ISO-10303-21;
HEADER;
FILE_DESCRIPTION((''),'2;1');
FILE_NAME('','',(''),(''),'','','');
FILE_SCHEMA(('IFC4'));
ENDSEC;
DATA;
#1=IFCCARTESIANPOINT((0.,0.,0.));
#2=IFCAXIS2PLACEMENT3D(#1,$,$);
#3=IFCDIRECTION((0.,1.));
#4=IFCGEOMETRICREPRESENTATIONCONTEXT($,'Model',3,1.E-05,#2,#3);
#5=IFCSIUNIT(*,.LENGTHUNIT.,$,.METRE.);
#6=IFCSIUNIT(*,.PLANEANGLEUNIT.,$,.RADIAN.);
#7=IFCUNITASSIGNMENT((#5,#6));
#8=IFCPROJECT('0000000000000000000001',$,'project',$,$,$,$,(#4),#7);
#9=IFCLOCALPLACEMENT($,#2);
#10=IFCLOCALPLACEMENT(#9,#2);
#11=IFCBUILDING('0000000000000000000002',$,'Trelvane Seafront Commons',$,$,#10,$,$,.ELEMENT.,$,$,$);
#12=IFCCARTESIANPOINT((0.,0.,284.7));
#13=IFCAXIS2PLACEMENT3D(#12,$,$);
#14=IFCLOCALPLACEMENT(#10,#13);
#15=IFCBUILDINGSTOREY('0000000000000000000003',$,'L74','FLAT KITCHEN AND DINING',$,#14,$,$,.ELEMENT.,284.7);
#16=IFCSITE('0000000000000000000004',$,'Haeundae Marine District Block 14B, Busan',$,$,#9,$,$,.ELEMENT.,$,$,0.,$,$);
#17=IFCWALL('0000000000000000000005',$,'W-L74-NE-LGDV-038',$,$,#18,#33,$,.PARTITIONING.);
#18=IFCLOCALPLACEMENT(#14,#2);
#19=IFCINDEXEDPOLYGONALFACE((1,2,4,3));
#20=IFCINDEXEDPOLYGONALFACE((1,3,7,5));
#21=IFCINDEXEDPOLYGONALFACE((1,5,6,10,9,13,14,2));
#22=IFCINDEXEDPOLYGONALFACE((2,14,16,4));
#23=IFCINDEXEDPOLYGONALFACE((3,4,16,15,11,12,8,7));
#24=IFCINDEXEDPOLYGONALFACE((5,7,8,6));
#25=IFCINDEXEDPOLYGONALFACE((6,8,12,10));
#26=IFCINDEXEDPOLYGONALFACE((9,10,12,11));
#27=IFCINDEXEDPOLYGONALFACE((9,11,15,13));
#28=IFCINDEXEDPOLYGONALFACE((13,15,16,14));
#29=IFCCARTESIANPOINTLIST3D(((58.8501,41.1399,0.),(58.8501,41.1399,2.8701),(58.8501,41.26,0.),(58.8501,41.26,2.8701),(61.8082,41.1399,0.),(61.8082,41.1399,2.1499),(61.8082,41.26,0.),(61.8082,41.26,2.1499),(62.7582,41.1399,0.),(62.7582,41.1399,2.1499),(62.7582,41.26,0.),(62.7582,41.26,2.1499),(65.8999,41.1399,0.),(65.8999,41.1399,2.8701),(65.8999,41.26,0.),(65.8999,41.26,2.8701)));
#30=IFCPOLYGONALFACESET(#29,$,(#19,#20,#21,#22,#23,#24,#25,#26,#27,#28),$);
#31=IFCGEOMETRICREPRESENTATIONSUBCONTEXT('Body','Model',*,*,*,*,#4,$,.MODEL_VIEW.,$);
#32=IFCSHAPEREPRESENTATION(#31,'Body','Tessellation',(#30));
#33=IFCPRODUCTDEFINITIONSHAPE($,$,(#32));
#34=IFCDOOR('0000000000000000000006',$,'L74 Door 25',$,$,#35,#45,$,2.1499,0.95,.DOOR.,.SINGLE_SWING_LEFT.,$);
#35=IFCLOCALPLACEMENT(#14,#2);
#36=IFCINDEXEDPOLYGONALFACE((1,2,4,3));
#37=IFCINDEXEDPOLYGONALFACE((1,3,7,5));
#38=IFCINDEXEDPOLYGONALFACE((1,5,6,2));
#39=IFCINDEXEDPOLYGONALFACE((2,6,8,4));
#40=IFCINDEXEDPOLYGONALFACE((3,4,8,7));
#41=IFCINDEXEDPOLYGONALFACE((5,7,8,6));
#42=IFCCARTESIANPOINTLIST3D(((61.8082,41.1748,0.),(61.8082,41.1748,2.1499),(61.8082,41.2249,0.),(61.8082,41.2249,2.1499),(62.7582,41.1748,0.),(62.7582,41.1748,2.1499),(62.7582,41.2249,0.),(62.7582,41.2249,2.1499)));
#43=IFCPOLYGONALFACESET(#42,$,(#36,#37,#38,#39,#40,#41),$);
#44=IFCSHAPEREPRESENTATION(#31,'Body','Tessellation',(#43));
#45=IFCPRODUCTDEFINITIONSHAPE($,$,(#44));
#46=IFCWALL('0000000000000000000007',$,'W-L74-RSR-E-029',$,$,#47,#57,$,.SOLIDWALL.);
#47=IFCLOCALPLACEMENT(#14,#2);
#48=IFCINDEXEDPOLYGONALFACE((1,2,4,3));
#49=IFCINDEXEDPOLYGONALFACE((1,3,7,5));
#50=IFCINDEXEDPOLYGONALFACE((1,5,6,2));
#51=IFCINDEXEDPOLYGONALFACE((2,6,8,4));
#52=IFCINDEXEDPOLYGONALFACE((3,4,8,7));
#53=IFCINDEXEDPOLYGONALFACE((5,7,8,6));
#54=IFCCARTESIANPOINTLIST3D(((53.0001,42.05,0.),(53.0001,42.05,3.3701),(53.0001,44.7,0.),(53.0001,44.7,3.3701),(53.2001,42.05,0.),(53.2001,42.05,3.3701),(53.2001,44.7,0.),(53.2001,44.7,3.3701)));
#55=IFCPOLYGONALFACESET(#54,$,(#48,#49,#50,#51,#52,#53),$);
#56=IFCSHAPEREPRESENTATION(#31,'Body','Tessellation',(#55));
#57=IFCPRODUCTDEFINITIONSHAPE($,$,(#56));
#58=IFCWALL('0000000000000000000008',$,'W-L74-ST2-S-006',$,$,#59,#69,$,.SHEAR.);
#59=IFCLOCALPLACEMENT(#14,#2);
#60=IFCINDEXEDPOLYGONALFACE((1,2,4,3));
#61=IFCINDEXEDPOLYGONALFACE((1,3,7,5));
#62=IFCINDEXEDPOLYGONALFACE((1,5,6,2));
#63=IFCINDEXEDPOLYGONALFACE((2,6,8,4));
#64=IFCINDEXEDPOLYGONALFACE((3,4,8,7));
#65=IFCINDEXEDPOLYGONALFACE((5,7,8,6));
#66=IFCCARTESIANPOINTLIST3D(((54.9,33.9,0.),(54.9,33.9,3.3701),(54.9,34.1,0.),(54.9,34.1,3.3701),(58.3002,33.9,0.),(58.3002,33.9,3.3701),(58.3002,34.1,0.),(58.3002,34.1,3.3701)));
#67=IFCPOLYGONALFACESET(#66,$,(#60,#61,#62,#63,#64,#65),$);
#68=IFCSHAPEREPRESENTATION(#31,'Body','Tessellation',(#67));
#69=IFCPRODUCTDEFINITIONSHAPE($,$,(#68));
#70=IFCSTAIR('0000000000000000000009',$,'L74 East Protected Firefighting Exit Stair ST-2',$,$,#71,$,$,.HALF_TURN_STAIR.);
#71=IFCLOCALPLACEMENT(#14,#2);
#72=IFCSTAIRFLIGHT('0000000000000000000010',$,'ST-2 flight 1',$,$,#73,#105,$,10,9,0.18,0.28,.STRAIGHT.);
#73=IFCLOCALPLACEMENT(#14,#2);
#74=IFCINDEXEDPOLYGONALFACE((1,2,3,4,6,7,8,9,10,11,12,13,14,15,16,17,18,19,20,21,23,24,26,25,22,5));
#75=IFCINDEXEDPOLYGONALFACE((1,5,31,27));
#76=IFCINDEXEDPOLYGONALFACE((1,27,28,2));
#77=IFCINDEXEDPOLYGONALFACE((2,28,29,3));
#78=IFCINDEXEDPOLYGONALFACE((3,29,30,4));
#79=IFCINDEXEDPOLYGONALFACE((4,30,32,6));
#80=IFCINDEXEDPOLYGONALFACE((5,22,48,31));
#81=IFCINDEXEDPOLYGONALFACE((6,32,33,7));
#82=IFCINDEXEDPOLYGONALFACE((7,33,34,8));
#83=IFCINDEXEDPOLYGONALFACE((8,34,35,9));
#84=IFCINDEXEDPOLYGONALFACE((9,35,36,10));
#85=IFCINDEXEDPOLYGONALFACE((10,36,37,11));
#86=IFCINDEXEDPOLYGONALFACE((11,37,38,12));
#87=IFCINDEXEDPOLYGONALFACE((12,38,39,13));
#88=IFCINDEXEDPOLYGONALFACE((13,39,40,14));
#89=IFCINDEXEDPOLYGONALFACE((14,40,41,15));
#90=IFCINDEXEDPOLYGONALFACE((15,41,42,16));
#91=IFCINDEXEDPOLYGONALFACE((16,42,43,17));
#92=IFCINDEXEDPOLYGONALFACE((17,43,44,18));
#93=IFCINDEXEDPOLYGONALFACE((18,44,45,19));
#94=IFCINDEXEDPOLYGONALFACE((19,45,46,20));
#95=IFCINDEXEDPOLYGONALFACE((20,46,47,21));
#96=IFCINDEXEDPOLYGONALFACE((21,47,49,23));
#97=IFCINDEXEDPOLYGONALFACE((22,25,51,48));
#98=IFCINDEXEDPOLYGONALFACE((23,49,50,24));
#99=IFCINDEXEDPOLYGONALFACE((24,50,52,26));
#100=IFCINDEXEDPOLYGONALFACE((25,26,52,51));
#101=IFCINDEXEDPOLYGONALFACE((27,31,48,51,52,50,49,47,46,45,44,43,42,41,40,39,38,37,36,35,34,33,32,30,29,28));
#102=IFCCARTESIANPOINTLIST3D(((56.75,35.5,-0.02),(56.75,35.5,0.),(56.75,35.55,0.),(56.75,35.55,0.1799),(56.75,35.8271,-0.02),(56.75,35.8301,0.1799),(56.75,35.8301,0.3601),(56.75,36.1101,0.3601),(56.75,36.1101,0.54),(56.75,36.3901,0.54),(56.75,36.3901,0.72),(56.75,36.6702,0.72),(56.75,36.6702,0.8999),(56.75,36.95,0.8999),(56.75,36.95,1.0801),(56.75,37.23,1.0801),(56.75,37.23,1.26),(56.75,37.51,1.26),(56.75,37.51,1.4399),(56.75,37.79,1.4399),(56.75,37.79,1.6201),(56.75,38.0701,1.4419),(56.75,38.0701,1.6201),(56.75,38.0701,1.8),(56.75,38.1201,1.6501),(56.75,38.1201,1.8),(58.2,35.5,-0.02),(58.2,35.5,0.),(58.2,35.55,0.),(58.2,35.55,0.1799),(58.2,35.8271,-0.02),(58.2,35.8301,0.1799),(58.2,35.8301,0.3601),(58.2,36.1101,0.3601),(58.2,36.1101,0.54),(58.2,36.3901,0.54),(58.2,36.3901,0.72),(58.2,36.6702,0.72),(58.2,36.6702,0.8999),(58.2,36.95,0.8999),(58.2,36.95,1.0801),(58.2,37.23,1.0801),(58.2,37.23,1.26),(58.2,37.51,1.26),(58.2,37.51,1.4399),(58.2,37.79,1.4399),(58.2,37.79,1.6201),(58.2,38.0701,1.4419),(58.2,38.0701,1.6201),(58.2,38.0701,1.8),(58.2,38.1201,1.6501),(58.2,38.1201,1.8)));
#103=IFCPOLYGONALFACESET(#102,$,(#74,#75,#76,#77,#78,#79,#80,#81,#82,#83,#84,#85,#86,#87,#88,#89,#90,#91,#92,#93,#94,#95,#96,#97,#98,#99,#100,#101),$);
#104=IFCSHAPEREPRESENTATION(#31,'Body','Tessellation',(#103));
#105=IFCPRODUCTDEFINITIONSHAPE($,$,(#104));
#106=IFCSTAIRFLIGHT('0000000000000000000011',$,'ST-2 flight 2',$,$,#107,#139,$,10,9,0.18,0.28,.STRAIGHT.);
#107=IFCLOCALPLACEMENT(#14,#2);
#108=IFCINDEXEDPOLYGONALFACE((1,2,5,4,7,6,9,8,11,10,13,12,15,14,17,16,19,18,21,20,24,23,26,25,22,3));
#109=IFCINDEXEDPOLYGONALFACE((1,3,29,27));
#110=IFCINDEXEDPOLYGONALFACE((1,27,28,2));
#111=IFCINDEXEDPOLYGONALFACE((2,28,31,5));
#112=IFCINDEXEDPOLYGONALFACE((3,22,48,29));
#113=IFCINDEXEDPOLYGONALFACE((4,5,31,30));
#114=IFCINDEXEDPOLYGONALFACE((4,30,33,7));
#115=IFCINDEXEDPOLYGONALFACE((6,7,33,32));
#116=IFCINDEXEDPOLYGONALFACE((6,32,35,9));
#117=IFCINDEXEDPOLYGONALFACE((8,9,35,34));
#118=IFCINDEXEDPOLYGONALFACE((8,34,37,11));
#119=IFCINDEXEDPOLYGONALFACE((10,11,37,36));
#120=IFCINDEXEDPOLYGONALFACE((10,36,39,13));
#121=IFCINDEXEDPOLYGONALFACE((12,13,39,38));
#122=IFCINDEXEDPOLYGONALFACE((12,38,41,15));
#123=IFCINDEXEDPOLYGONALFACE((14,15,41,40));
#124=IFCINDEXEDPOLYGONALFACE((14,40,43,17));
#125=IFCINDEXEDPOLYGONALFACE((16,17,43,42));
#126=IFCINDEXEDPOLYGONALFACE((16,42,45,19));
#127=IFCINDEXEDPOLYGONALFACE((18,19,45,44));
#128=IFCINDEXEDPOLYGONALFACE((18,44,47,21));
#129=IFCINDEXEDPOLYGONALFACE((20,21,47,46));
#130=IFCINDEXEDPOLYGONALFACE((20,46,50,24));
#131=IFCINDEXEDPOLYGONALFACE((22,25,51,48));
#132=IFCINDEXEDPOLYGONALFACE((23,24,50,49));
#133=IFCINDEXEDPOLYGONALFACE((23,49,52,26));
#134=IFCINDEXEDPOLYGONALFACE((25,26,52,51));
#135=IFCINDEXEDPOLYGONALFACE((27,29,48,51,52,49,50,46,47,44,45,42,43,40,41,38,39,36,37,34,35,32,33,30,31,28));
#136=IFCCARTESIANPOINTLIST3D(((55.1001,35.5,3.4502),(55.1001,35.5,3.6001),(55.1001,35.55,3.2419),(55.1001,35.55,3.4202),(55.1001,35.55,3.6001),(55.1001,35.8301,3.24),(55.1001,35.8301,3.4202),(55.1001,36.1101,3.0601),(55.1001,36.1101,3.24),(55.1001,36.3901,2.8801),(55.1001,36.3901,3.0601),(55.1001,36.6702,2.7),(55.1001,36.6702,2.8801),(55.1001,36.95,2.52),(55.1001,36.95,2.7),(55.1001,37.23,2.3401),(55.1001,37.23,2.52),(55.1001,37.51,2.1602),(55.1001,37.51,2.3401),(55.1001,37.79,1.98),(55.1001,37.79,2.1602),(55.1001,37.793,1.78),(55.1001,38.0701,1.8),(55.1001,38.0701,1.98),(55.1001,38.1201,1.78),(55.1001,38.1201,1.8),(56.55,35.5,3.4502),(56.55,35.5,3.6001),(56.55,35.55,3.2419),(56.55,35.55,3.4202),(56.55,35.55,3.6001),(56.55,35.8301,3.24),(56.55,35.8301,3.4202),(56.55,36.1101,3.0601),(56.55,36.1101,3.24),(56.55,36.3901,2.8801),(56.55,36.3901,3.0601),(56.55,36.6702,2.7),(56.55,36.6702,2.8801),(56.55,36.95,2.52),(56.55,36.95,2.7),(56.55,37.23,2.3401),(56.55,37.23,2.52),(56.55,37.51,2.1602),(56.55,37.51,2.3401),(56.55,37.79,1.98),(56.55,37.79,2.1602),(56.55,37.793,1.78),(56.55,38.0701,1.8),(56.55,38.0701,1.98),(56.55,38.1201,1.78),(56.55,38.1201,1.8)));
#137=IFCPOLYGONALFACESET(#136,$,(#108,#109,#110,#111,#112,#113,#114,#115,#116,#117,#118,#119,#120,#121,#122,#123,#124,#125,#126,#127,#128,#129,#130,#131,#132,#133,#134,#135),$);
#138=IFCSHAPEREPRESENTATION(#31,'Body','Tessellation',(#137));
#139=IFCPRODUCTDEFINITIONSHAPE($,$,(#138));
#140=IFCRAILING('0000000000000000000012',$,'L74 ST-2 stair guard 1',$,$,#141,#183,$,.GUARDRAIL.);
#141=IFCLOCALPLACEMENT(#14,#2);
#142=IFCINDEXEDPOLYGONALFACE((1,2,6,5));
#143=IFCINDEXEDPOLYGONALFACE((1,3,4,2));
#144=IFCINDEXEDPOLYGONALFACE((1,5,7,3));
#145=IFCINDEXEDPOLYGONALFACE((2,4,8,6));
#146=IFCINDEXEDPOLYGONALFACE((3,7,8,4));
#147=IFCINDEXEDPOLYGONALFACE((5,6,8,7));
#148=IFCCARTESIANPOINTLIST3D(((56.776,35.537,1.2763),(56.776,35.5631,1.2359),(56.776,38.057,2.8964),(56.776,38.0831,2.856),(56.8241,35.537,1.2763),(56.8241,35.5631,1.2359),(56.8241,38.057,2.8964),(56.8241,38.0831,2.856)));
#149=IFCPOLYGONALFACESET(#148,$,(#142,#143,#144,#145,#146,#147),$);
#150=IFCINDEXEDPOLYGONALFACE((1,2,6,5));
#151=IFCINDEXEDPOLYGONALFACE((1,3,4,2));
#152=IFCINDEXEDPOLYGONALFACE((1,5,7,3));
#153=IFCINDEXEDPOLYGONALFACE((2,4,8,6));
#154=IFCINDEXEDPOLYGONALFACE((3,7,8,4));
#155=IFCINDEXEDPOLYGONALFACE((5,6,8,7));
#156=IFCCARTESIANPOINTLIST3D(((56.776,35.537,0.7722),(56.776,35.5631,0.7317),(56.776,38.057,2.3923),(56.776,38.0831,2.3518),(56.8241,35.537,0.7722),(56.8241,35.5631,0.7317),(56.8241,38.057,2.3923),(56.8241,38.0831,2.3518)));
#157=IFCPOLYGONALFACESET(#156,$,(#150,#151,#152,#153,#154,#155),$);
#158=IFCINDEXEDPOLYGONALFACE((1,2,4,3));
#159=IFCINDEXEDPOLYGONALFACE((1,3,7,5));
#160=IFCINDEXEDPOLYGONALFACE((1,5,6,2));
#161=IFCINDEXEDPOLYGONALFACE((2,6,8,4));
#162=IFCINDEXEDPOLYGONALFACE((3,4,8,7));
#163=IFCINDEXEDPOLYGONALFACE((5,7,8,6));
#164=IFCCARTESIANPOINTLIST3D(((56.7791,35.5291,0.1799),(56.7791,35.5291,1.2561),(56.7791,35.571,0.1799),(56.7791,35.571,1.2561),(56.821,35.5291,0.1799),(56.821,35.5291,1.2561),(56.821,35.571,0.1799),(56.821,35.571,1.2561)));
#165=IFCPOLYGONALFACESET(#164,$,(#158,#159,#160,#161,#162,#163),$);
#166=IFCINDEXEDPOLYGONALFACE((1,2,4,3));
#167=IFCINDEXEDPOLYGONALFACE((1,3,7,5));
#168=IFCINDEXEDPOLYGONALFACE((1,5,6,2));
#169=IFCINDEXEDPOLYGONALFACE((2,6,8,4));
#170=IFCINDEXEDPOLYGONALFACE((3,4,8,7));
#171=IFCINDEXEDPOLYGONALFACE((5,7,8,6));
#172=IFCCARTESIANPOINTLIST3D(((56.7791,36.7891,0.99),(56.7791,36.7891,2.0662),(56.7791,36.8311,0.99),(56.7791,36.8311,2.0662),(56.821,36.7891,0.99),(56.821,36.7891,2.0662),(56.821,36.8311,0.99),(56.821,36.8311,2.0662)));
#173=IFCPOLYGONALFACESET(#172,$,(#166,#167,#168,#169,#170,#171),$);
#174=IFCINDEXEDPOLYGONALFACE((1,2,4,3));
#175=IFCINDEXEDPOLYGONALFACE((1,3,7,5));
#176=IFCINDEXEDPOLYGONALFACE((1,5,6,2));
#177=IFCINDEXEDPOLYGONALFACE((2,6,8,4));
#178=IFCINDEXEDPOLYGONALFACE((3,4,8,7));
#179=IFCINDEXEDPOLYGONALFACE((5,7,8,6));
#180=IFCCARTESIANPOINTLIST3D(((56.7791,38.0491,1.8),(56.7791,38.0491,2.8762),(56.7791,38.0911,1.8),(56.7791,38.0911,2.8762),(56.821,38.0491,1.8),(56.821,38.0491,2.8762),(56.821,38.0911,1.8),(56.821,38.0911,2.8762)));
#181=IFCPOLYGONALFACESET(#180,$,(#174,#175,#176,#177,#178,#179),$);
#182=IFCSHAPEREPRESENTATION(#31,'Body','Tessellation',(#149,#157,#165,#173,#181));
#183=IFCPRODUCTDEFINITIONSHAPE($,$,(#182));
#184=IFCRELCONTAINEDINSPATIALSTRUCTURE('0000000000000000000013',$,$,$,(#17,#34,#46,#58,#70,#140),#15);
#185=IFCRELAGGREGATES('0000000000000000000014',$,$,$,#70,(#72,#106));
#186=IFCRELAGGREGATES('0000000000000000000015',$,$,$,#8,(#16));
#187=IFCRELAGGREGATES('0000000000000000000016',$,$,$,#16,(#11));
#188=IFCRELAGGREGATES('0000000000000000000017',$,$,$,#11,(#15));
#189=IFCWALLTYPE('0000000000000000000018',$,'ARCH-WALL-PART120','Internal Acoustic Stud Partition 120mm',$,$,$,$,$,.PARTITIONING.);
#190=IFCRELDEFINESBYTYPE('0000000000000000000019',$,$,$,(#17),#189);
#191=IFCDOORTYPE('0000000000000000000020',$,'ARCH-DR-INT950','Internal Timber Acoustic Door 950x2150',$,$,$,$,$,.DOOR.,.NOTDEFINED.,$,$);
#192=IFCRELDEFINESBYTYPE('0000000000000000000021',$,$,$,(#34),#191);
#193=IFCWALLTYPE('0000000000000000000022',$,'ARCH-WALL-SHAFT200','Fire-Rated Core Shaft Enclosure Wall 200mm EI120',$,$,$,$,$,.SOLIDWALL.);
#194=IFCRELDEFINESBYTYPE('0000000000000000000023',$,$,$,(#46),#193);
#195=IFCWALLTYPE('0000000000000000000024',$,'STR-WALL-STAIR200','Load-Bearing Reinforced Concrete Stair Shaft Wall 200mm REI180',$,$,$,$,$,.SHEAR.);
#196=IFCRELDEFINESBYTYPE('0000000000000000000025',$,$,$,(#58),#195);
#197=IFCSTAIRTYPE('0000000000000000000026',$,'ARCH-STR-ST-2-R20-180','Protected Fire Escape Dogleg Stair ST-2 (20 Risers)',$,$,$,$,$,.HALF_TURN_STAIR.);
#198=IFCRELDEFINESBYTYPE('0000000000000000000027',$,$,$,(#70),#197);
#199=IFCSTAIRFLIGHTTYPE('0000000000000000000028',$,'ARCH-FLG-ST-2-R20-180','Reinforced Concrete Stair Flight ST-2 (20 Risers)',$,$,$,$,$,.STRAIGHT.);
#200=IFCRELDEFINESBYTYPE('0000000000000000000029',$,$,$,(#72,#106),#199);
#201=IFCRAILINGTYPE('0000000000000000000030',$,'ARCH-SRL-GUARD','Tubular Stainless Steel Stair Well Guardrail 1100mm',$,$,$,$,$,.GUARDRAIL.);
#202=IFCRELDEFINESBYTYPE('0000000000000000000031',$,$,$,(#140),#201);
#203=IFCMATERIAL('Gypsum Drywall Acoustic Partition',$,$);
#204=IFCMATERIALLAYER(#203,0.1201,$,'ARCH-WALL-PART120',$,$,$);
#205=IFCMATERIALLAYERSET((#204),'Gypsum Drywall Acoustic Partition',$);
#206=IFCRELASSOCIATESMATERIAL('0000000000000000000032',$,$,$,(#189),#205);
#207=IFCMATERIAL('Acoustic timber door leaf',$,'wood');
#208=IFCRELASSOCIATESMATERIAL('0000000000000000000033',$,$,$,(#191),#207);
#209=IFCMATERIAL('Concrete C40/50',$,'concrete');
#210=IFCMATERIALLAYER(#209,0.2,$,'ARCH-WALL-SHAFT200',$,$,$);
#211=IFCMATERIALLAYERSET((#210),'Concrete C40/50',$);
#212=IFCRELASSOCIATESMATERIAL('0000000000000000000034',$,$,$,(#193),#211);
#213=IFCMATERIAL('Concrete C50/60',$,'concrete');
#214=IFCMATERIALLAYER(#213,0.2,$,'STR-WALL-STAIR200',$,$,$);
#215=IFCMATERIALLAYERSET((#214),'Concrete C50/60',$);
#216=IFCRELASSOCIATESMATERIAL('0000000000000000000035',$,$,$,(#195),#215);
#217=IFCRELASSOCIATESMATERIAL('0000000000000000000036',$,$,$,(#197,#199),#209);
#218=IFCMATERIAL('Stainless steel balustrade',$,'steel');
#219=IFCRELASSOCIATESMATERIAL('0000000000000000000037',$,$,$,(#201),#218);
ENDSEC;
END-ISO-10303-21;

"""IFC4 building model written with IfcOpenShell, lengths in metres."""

from ifc_helpers import new_model, si_unit, direction, frame, frame_2d, origin, origin_2d, place, context, subcontext, project, spatial, polyline, rectangle, outline, extrude, source, transform, mapped, material, layer, layer_set, type_object, element, fill, aggregate, save


model = new_model("IFC4")

# Units and contexts
model_context = context("Model", 3, precision=1e-05, world=origin(), true_north=direction((0.0, 1.0)))
body_context = subcontext(model_context, "Body", "Model", "MODEL_VIEW")
ifc_project = project(units=[si_unit("LENGTHUNIT", "METRE"), si_unit("PLANEANGLEUNIT", "RADIAN")], contexts=[model_context])

# Site, building, storey
site_placement = place(None, origin())
site = spatial("IfcSite", under=ifc_project, at=site_placement, Name="Haeundae Marine District Block 14B, Busan", CompositionType="ELEMENT", RefElevation=0.0)
building_placement = place(site_placement, origin())
building = spatial("IfcBuilding", under=site, at=building_placement, Name="Trelvane Seafront Commons", CompositionType="ELEMENT")
storey_placement = place(building_placement, frame((0.0, 0.0, 284.7)))
storey = spatial("IfcBuildingStorey", under=building, at=storey_placement, Name="L74", Description="FLAT KITCHEN AND DINING", CompositionType="ELEMENT", Elevation=284.7)

# Shared definitions
ifc_material_1 = material(Name="Concrete C50/60", Category="concrete")

# Shared definitions
ifc_material_2 = material(Name="Concrete C40/50", Category="concrete")

# Wall, opening, door
ifc_material_3 = material(Name="Gypsum Drywall Acoustic Partition")
ifc_layer_1 = layer(ifc_material_3, 0.1201, Name="ARCH-WALL-PART120")
ifc_layer_set_1 = layer_set([ifc_layer_1], Name="Gypsum Drywall Acoustic Partition")
wall_type_1 = type_object("IfcWallType", Name="ARCH-WALL-PART120", Description="Internal Acoustic Stud Partition 120mm", PredefinedType="PARTITIONING", material=ifc_layer_set_1)
wall_1_placement = place(storey_placement, frame((58.8501, 41.2, 0.0), z_axis=(0.0, 0.0, 1.0), x_axis=(1.0, 0.0, 0.0)))
wall_1 = element("IfcWall", 1, at=wall_1_placement, inside=storey, type_object=wall_type_1, Name="W-L74-NE-LGDV-038", PredefinedType="PARTITIONING", context=body_context, shape_type="SweptSolid", body=[
    extrude(rectangle(XDim=7.0498, YDim=0.1201, at=frame_2d((3.5249, 0.0))), origin(), (0.0, 0.0, 1.0), 2.8701),
])
opening_1_placement = place(wall_1_placement, frame((2.958, 0.0, 0.0)))
opening_1 = element("IfcOpeningElement", 2, at=opening_1_placement, cuts=wall_1, PredefinedType="OPENING", context=body_context, shape_type="SweptSolid", body=[
    extrude(rectangle(XDim=0.95, YDim=2.1499, at=frame_2d((0.4751, 1.075))), frame((0.0, 0.0701, 0.0), z_axis=(0.0, -1.0, 0.0), x_axis=(1.0, 0.0, 0.0)), (0.0, 0.0, 1.0), 0.1401),
])
ifc_material_4 = material(Name="Acoustic timber door leaf", Category="wood")
door_type_1 = type_object("IfcDoorType", Name="ARCH-DR-INT950", Description="Internal Timber Acoustic Door 950x2150", OperationType="NOTDEFINED", PredefinedType="DOOR", material=ifc_material_4)
shared_shape_1 = source(origin(), body_context, "Body", "SweptSolid", [
    extrude(rectangle(XDim=0.95, YDim=2.1499, at=frame_2d((0.4751, 1.075))), frame((0.0, 0.0249, 0.0), z_axis=(0.0, -1.0, 0.0), x_axis=(1.0, 0.0, 0.0)), (0.0, 0.0, 1.0), 0.05),
])
door_1_placement = place(opening_1_placement, origin())
door_1 = element("IfcDoor", 3, at=door_1_placement, inside=storey, type_object=door_type_1, Name="L74 Door 25", OperationType="SINGLE_SWING_LEFT", OverallHeight=2.1499, OverallWidth=0.95, PredefinedType="DOOR", context=body_context, shape_type="MappedRepresentation", body=[
    mapped(shared_shape_1, transform((0.0, 0.0, 0.0), x_axis=(1.0, 0.0, 0.0), y_axis=(0.0, 1.0, 0.0), z_axis=(0.0, 0.0, 1.0), scale=1.0)),
])
fill(opening_1, door_1)

# Walls
ifc_layer_2 = layer(ifc_material_2, 0.2, Name="ARCH-WALL-SHAFT200")
ifc_layer_set_2 = layer_set([ifc_layer_2], Name="Concrete C40/50")
wall_type_2 = type_object("IfcWallType", Name="ARCH-WALL-SHAFT200", Description="Fire-Rated Core Shaft Enclosure Wall 200mm EI120", PredefinedType="SOLIDWALL", material=ifc_layer_set_2)
wall_2_placement = place(storey_placement, frame((53.1001, 42.05, 0.0), z_axis=(0.0, 0.0, 1.0), x_axis=(0.0, 1.0, 0.0)))
element("IfcWall", 4, at=wall_2_placement, inside=storey, type_object=wall_type_2, Name="W-L74-RSR-E-029", PredefinedType="SOLIDWALL", context=body_context, shape_type="SweptSolid", body=[
    extrude(rectangle(XDim=2.6499, YDim=0.2, at=frame_2d((1.325, 0.0))), origin(), (0.0, 0.0, 1.0), 3.3701),
])
ifc_layer_3 = layer(ifc_material_1, 0.2, Name="STR-WALL-STAIR200")
ifc_layer_set_3 = layer_set([ifc_layer_3], Name="Concrete C50/60")
wall_type_3 = type_object("IfcWallType", Name="STR-WALL-STAIR200", Description="Load-Bearing Reinforced Concrete Stair Shaft Wall 200mm REI180", PredefinedType="SHEAR", material=ifc_layer_set_3)
wall_3_placement = place(storey_placement, frame((54.8999, 34.0, 0.0), z_axis=(0.0, 0.0, 1.0), x_axis=(1.0, 0.0, 0.0)))
element("IfcWall", 5, at=wall_3_placement, inside=storey, type_object=wall_type_3, Name="W-L74-ST2-S-006", PredefinedType="SHEAR", context=body_context, shape_type="SweptSolid", body=[
    extrude(rectangle(XDim=3.4001, YDim=0.2, at=frame_2d((1.7002, 0.0))), origin(), (0.0, 0.0, 1.0), 3.3701),
])

# Stair, stair flights
stair_type = type_object("IfcStairType", Name="ARCH-STR-ST-2-R20-180", Description="Protected Fire Escape Dogleg Stair ST-2 (20 Risers)", PredefinedType="HALF_TURN_STAIR", material=ifc_material_2)
stair_placement = place(storey_placement, origin())
stair = element("IfcStair", 6, at=stair_placement, inside=storey, type_object=stair_type, Name="L74 East Protected Firefighting Exit Stair ST-2", PredefinedType="HALF_TURN_STAIR")
stair_flight_type = type_object("IfcStairFlightType", Name="ARCH-FLG-ST-2-R20-180", Description="Reinforced Concrete Stair Flight ST-2 (20 Risers)", PredefinedType="STRAIGHT", material=ifc_material_2)
shared_shape_2 = source(origin(), body_context, "Body", "SweptSolid", [
    extrude(outline(polyline([(-0.05, -0.02), (-0.05, 0.0), (0.0, 0.0), (0.0, 0.1799), (0.28, 0.1799), (0.28, 0.3601), (0.5601, 0.3601), (0.5601, 0.54), (0.8401, 0.54), (0.8401, 0.72), (1.1201, 0.72), (1.1201, 0.8999), (1.3999, 0.8999), (1.3999, 1.0801), (1.6799, 1.0801), (1.6799, 1.26), (1.96, 1.26), (1.96, 1.4399), (2.24, 1.4399), (2.24, 1.6201), (2.52, 1.6201), (2.52, 1.8), (2.5701, 1.8), (2.5701, 1.6501), (2.52, 1.4419), (0.2771, -0.02), (-0.05, -0.02)])), frame((0.0, 0.7251, 0.0), z_axis=(0.0, -1.0, 0.0), x_axis=(1.0, 0.0, 0.0)), (0.0, 0.0, 1.0), 1.45),
])
stair_flight_1_placement = place(storey_placement, frame((57.4751, 35.55, 0.0), z_axis=(0.0, 0.0, 1.0), x_axis=(0.0, 1.0, 0.0)))
stair_flight_1 = element("IfcStairFlight", 7, at=stair_flight_1_placement, type_object=stair_flight_type, Name="ST-2 flight 1", NumberOfRisers=10, NumberOfTreads=9, PredefinedType="STRAIGHT", RiserHeight=0.18, TreadLength=0.28, context=body_context, shape_type="MappedRepresentation", body=[
    mapped(shared_shape_2, transform((0.0, 0.0, 0.0), x_axis=(1.0, 0.0, 0.0), y_axis=(0.0, 1.0, 0.0), z_axis=(0.0, 0.0, 1.0), scale=1.0)),
])
stair_flight_2_placement = place(storey_placement, frame((55.825, 38.0701, 1.8), z_axis=(0.0, 0.0, 1.0), x_axis=(0.0, -1.0, 0.0)))
stair_flight_2 = element("IfcStairFlight", 8, at=stair_flight_2_placement, type_object=stair_flight_type, Name="ST-2 flight 2", NumberOfRisers=10, NumberOfTreads=9, PredefinedType="STRAIGHT", RiserHeight=0.18, TreadLength=0.28, context=body_context, shape_type="MappedRepresentation", body=[
    mapped(shared_shape_2, transform((0.0, 0.0, 0.0), x_axis=(1.0, 0.0, 0.0), y_axis=(0.0, 1.0, 0.0), z_axis=(0.0, 0.0, 1.0), scale=1.0)),
])
aggregate(stair, [stair_flight_1, stair_flight_2])

# Railing
ifc_material_5 = material(Name="Stainless steel balustrade", Category="steel")
railing_type_1 = type_object("IfcRailingType", Name="ARCH-SRL-GUARD", Description="Tubular Stainless Steel Stair Well Guardrail 1100mm", PredefinedType="GUARDRAIL", material=ifc_material_5)
railing_1_placement = place(storey_placement, frame((56.8, 35.55, 0.1799)))
element("IfcRailing", 9, at=railing_1_placement, inside=storey, type_object=railing_type_1, Name="L74 ST-2 stair guard 1", PredefinedType="GUARDRAIL", context=body_context, shape_type="SweptSolid", body=[
    extrude(rectangle(XDim=0.0481, YDim=0.0481, at=origin_2d()), frame((0.0, 0.0, 1.0762), z_axis=(0.0, 0.841163, 0.540782), x_axis=(-1.0, 0.0, 0.0)), (0.0, 0.0, 1.0), 2.9958),
    extrude(rectangle(XDim=0.0481, YDim=0.0481, at=origin_2d()), frame((0.0, 0.0, 0.572), z_axis=(0.0, 0.841163, 0.540782), x_axis=(-1.0, 0.0, 0.0)), (0.0, 0.0, 1.0), 2.9958),
    extrude(rectangle(XDim=0.042, YDim=0.042, at=origin_2d()), origin(), (0.0, 0.0, 1.0), 1.0762),
    extrude(rectangle(XDim=0.042, YDim=0.042, at=origin_2d()), frame((0.0, 1.26, 0.8101)), (0.0, 0.0, 1.0), 1.0762),
    extrude(rectangle(XDim=0.042, YDim=0.042, at=origin_2d()), frame((0.0, 2.52, 1.6201)), (0.0, 0.0, 1.0), 1.0762),
])

save(model, "model.ifc")
